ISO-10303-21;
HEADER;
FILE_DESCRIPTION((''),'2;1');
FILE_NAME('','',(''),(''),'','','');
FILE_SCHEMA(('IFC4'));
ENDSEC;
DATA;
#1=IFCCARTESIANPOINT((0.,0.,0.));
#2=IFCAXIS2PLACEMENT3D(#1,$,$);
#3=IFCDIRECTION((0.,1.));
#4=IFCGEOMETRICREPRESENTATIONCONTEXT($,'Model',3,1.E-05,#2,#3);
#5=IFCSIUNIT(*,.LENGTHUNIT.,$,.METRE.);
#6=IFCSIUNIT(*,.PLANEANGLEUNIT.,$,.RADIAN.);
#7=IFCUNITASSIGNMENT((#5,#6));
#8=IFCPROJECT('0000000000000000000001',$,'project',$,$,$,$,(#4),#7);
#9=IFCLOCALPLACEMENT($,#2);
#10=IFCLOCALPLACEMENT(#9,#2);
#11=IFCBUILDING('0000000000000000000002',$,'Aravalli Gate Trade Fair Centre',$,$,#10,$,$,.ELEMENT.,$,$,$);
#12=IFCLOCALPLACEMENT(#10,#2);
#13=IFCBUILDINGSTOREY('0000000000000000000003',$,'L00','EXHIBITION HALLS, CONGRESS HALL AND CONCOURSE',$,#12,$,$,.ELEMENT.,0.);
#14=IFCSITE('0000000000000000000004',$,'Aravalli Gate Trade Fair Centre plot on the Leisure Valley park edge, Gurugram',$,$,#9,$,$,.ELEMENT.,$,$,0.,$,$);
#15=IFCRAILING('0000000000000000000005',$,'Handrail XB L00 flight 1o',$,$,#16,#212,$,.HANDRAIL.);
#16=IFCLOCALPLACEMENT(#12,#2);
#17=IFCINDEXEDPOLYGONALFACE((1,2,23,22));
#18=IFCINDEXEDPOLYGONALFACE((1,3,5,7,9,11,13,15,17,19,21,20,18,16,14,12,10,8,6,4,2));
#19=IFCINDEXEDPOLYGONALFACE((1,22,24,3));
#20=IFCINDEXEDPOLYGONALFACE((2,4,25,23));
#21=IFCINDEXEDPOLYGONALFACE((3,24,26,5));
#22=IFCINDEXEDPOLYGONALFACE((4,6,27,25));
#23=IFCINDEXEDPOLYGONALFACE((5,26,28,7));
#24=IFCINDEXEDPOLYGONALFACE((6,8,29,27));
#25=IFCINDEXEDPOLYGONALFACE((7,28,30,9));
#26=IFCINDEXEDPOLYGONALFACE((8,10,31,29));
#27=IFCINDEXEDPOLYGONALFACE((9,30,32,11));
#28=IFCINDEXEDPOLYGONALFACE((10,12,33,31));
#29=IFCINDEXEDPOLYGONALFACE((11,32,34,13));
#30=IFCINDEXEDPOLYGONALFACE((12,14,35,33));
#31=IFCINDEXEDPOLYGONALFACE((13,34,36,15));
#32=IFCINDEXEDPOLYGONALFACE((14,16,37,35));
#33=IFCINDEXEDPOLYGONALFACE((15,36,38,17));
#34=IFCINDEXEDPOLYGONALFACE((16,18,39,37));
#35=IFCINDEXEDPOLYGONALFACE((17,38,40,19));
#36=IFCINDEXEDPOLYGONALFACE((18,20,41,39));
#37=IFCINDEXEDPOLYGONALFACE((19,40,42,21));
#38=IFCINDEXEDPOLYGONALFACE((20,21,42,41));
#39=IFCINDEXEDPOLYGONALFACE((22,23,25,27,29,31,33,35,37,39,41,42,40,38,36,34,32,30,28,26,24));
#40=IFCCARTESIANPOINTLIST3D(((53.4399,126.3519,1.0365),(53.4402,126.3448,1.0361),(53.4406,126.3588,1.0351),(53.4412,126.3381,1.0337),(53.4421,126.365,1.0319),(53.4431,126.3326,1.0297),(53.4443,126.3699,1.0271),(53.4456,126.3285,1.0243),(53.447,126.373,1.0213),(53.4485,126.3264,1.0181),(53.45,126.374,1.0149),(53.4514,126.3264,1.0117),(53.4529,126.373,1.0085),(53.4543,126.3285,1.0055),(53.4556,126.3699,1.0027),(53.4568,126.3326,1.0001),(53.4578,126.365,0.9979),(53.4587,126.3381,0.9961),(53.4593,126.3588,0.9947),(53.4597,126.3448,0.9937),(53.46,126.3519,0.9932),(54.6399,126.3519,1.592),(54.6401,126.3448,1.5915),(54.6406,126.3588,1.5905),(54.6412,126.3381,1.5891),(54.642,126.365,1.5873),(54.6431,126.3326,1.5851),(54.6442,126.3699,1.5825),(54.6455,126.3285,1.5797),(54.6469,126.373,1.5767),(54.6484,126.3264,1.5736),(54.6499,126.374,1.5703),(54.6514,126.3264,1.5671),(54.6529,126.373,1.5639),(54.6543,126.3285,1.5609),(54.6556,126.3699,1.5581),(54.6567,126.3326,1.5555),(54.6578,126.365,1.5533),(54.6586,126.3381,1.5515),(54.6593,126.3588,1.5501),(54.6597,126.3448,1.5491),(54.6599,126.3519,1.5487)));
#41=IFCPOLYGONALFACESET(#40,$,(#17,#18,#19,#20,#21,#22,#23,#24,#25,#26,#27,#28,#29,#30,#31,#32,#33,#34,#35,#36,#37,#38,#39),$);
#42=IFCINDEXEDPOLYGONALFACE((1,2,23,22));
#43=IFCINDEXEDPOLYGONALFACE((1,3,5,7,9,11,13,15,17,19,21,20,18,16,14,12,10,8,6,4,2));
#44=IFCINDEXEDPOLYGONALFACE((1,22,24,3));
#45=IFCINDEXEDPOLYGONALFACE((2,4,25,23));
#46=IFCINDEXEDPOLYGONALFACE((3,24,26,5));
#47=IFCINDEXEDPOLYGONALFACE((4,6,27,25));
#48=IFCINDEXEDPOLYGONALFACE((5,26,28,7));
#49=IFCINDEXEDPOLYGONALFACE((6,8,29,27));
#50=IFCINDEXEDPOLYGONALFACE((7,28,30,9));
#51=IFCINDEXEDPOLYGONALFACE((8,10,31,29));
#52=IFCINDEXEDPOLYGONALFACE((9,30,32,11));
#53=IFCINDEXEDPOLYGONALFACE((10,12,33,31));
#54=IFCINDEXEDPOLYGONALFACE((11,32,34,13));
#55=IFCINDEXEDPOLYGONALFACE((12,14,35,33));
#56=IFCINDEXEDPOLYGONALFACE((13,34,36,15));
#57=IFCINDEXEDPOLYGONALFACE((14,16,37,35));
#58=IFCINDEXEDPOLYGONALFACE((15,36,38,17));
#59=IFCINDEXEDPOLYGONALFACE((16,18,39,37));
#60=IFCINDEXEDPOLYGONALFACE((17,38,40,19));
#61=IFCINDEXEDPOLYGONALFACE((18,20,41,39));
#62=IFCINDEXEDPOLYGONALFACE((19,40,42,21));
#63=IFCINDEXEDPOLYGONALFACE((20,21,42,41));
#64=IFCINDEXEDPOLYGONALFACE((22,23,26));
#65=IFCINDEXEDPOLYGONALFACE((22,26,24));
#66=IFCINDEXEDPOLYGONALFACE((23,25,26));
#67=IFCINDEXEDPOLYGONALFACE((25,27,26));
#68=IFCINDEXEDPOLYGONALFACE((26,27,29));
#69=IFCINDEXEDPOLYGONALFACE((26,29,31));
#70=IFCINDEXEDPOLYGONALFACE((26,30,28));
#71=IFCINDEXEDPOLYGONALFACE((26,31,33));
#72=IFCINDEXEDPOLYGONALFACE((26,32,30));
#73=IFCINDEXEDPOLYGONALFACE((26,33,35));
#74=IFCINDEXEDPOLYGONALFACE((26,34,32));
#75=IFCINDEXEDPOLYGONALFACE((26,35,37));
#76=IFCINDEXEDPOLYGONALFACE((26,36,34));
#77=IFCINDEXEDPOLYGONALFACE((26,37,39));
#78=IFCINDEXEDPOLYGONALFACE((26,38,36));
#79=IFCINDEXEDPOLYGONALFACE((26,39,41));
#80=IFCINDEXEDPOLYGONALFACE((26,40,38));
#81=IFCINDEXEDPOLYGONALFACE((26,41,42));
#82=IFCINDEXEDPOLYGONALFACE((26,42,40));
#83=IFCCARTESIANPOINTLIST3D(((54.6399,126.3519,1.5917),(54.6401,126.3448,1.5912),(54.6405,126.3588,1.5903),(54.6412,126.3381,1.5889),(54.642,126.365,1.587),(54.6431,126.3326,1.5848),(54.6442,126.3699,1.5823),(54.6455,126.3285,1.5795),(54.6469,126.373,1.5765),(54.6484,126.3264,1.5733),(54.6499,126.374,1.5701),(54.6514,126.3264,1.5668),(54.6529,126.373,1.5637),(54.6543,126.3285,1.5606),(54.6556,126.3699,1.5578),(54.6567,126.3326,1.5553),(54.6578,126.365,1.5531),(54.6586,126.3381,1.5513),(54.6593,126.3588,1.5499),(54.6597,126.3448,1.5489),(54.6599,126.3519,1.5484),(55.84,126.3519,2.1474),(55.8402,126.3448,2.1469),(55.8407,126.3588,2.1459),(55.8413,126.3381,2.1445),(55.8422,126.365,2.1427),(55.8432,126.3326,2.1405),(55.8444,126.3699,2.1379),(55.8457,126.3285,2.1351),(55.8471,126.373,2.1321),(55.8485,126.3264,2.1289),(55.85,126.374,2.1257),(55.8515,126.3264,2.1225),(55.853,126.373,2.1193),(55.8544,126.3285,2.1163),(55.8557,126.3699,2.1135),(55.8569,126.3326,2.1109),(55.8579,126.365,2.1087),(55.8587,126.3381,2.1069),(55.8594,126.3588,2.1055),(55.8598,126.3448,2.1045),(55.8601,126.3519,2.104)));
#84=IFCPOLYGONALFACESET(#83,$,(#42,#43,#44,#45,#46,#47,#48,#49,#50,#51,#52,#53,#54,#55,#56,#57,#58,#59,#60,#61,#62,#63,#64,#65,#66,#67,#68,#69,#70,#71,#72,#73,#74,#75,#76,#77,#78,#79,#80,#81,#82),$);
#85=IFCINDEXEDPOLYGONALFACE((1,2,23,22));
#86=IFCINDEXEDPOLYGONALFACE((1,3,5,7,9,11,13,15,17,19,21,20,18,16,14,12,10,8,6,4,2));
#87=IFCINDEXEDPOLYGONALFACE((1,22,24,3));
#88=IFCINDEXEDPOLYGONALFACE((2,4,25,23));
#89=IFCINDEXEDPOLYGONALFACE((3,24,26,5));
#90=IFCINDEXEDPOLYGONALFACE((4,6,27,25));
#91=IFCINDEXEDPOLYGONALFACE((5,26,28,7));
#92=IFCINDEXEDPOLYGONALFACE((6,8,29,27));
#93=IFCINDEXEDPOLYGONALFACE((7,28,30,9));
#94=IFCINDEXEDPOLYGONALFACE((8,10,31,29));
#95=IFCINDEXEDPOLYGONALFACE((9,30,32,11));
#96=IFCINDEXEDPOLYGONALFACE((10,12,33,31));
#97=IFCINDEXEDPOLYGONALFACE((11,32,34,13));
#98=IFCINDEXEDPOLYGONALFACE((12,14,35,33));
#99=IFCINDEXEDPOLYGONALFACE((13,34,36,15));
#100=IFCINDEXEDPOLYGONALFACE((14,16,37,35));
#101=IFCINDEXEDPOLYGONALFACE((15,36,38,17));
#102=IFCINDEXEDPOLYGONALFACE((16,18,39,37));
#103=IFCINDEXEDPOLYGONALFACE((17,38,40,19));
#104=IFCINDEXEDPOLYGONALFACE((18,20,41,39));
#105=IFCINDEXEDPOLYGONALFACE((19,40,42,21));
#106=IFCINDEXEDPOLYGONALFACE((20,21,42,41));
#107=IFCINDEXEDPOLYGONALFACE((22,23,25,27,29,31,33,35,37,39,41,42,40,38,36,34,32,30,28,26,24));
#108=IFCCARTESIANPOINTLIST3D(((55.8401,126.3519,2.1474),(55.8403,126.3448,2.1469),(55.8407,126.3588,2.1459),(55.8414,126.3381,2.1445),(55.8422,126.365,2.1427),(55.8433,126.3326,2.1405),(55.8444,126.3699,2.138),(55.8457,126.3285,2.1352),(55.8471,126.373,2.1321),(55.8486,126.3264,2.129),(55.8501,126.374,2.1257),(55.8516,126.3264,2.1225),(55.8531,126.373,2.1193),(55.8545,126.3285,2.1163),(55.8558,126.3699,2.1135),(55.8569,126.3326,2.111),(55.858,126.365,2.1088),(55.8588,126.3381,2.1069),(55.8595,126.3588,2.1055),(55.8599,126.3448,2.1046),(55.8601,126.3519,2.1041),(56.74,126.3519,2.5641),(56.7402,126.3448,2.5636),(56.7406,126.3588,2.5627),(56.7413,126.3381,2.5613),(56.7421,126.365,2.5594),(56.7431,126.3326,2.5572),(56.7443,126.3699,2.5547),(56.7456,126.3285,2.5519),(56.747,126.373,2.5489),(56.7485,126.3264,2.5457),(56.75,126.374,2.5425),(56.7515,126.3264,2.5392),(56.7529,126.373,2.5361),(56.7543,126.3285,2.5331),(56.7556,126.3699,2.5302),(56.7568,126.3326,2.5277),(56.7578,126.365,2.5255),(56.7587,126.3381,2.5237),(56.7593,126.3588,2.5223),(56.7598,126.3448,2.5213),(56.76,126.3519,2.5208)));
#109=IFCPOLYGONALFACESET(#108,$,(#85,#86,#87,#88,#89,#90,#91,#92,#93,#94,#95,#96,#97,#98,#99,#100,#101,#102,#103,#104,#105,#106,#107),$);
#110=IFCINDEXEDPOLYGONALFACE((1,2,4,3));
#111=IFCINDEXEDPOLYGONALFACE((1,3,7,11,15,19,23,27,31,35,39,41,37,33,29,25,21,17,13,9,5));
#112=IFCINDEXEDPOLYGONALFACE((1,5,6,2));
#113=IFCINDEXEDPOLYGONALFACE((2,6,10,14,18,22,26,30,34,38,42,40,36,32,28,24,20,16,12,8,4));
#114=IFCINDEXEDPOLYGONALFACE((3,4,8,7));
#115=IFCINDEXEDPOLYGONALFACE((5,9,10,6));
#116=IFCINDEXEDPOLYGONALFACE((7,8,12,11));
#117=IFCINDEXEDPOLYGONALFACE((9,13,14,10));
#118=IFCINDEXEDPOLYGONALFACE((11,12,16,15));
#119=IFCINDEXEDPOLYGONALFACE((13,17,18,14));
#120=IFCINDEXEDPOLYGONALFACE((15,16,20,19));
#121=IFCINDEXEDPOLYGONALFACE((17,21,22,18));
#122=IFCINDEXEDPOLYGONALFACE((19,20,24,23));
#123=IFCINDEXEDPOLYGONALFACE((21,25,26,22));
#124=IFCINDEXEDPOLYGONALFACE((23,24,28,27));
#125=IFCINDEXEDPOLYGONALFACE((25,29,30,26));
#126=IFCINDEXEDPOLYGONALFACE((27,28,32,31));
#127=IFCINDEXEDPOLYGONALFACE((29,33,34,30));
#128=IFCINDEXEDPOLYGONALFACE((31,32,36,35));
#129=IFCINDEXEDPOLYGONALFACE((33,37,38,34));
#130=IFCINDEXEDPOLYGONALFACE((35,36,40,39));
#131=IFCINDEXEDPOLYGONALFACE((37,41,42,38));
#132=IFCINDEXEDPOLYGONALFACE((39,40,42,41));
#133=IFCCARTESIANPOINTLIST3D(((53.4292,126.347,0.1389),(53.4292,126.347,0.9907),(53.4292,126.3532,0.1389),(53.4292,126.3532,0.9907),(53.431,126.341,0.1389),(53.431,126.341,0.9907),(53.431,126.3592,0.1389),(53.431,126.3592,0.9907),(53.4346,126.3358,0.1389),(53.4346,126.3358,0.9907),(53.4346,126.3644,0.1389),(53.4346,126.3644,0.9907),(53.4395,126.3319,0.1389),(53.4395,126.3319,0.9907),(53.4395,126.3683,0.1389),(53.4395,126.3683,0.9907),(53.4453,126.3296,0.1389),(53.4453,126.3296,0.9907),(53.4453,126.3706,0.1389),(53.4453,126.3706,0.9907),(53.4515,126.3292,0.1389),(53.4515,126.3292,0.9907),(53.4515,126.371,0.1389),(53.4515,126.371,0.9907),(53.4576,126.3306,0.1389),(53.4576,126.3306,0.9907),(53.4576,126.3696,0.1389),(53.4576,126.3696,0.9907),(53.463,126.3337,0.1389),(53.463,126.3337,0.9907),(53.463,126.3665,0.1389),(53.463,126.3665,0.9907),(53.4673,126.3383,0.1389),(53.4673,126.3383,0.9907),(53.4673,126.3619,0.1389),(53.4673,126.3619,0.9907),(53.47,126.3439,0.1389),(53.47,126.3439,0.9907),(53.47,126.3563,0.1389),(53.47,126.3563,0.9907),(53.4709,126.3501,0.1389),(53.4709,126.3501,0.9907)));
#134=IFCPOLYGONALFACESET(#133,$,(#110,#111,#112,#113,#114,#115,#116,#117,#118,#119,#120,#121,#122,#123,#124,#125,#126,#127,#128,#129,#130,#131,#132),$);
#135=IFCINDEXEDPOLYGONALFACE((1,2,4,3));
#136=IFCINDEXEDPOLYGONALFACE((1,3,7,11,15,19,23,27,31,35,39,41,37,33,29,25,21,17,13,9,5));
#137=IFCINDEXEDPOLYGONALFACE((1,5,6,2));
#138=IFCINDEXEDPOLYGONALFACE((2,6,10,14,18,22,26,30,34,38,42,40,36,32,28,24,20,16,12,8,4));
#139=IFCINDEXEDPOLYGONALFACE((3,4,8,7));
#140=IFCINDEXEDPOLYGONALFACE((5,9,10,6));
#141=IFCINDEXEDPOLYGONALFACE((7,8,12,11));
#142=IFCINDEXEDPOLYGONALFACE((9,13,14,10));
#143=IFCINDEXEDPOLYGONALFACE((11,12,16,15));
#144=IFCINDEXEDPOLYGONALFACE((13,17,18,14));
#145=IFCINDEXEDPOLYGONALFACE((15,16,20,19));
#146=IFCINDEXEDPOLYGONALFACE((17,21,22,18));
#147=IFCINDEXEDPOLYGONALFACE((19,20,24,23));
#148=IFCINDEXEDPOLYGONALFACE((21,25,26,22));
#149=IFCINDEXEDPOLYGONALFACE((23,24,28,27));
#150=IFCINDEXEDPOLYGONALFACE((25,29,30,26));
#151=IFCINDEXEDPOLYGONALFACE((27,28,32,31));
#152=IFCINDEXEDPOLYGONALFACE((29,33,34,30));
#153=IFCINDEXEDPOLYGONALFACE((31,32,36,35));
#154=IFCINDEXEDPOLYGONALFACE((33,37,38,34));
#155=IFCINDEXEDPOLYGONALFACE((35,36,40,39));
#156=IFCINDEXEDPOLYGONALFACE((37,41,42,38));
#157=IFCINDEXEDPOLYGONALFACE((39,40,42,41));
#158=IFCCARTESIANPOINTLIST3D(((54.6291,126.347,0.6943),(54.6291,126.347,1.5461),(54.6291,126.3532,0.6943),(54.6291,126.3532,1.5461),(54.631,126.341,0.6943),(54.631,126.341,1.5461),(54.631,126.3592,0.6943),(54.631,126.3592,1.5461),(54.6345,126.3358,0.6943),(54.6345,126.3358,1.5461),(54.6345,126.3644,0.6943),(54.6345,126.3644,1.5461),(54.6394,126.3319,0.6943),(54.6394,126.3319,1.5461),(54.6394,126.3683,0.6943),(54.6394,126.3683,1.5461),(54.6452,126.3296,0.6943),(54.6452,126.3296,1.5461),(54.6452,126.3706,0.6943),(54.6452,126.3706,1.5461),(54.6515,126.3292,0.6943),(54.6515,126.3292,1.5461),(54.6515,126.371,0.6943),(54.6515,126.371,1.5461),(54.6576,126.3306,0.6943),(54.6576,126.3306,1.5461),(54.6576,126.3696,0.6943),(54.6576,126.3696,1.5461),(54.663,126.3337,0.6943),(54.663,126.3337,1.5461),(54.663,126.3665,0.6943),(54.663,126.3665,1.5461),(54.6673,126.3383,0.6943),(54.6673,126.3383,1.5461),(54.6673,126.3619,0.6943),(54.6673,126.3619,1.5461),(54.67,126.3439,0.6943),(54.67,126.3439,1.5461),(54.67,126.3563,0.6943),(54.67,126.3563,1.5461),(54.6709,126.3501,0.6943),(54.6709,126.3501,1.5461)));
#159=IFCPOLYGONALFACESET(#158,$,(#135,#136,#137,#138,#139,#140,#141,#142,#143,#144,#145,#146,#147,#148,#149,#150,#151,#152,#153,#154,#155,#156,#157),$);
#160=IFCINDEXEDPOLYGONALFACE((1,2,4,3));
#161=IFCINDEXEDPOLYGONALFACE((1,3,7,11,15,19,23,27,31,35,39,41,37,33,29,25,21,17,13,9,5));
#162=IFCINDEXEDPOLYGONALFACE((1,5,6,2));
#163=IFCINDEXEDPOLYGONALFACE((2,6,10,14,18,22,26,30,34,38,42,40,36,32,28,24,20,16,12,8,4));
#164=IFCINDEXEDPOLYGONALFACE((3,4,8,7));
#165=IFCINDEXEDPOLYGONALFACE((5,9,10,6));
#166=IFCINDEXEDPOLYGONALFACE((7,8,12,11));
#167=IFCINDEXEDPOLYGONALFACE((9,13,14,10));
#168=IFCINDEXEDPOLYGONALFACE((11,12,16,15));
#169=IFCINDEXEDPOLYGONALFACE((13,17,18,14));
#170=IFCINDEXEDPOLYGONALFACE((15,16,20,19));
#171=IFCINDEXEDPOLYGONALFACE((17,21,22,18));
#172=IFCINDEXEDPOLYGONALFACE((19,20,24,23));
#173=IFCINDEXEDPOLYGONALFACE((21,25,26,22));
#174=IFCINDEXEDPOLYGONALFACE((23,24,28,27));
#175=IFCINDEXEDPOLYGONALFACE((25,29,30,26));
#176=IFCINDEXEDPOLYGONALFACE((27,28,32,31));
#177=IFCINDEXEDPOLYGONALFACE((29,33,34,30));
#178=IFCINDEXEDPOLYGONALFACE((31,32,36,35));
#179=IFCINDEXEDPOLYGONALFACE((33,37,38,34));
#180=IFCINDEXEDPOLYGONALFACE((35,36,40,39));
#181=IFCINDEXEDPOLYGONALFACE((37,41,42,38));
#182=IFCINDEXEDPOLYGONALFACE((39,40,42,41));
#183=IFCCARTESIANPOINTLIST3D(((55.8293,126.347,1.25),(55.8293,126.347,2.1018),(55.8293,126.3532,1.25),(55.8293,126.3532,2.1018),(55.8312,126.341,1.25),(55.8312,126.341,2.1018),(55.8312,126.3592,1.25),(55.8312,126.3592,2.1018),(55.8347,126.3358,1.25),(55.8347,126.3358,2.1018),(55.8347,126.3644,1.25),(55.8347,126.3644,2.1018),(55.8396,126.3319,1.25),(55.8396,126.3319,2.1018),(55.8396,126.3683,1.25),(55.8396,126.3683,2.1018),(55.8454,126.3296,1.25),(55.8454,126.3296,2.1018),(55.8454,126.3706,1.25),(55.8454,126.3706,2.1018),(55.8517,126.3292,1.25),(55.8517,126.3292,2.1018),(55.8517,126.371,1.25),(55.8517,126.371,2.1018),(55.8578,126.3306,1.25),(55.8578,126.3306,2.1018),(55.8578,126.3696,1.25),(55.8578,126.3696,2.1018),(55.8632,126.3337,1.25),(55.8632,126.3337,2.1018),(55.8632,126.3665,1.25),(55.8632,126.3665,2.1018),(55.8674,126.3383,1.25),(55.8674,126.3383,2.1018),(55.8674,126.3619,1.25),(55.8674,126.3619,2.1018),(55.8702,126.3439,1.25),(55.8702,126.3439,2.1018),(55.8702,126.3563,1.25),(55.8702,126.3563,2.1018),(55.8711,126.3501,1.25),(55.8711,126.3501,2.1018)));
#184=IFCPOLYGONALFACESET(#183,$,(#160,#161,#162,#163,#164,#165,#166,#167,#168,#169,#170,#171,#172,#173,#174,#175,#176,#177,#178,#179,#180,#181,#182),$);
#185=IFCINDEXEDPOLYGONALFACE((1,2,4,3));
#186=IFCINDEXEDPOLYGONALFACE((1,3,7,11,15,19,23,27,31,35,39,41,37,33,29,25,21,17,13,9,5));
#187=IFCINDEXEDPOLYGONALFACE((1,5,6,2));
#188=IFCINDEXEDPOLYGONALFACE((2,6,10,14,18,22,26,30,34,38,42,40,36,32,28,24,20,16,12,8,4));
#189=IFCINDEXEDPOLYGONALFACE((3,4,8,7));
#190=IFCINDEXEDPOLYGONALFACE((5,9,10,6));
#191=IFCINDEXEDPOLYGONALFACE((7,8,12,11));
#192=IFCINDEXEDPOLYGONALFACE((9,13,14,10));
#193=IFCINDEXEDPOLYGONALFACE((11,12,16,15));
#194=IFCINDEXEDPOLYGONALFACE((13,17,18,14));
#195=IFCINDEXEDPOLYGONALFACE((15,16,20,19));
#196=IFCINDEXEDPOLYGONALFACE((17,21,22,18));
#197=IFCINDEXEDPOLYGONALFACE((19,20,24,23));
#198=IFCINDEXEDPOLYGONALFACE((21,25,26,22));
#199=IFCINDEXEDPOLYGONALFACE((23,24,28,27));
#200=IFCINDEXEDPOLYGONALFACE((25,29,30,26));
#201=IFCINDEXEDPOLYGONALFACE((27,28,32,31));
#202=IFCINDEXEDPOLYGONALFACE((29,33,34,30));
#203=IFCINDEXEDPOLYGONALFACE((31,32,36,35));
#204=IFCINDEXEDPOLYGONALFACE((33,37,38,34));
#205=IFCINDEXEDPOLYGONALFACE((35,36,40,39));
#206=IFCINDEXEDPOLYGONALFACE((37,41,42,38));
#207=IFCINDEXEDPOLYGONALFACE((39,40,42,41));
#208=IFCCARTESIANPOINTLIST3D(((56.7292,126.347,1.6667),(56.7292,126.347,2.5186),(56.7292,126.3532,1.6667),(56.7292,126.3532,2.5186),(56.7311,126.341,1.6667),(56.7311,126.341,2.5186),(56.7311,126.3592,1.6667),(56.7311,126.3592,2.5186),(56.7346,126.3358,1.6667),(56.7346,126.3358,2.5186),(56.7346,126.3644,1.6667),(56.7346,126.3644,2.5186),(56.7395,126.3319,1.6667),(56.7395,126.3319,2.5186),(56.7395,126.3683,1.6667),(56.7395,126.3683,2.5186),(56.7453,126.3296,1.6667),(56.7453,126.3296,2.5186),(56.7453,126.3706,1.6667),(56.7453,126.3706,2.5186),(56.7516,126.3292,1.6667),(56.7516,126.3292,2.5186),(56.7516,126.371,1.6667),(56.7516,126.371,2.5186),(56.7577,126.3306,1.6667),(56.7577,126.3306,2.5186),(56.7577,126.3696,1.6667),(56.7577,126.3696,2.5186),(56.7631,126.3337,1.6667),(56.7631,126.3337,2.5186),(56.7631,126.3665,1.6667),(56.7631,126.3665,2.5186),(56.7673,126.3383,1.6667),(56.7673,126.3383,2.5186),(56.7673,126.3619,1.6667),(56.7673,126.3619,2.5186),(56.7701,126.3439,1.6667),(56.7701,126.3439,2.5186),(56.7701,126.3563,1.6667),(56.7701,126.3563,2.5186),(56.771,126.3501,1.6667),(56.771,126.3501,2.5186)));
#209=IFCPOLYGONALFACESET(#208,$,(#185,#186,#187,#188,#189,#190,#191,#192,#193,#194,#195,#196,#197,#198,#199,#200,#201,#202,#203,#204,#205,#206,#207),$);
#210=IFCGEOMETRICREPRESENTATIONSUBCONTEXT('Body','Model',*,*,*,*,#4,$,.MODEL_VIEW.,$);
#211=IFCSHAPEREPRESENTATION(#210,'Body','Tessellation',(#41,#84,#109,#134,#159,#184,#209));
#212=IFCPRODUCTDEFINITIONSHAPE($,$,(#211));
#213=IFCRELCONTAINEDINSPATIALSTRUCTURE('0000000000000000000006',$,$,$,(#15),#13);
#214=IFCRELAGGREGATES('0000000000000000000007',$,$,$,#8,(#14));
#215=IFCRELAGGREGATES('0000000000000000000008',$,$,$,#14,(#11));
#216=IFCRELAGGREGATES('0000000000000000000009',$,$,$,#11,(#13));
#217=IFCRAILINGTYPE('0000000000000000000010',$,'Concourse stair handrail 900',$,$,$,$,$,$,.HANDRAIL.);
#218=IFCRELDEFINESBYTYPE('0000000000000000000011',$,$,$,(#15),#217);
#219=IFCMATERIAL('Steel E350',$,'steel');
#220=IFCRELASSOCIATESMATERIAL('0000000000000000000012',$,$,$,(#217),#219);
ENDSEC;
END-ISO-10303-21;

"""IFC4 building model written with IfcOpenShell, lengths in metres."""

from ifc_helpers import new_model, si_unit, direction, frame, origin, origin_2d, place, context, subcontext, project, spatial, circle, extrude, material, type_object, element, save


model = new_model("IFC4")

# Units and contexts
model_context = context("Model", 3, precision=1e-05, world=origin(), true_north=direction((0.0, 1.0)))
body_context = subcontext(model_context, "Body", "Model", "MODEL_VIEW")
ifc_project = project(units=[si_unit("LENGTHUNIT", "METRE"), si_unit("PLANEANGLEUNIT", "RADIAN")], contexts=[model_context])

# Site, building, storey
site_placement = place(None, origin())
site = spatial("IfcSite", under=ifc_project, at=site_placement, Name="Aravalli Gate Trade Fair Centre plot on the Leisure Valley park edge, Gurugram", CompositionType="ELEMENT", RefElevation=0.0)
building_placement = place(site_placement, origin())
building = spatial("IfcBuilding", under=site, at=building_placement, Name="Aravalli Gate Trade Fair Centre", CompositionType="ELEMENT")
storey_placement = place(building_placement, origin())
storey = spatial("IfcBuildingStorey", under=building, at=storey_placement, Name="L00", Description="EXHIBITION HALLS, CONGRESS HALL AND CONCOURSE", CompositionType="ELEMENT", Elevation=0.0)

# Shared definitions
ifc_material_1 = material(Name="Steel E350", Category="steel")

# Railing
railing_type = type_object("IfcRailingType", Name="Concourse stair handrail 900", PredefinedType="HANDRAIL", material=ifc_material_1)
for number, where, name in (
    (1, (53.45, 126.3501, 0.1389), "Handrail XB L00 flight 1o"),
):
    element("IfcRailing", number, at=place(storey_placement, frame(where)), inside=storey, type_object=railing_type, Name=name, PredefinedType="HANDRAIL", context=body_context, shape_type="SweptSolid", body=[
        extrude(circle(Radius=0.0239, at=origin_2d()), frame((0.0, 0.0, 0.876), z_axis=(0.907499, 0.0, 0.420053), x_axis=(0.0, 1.0, 0.0)), (0.0, 0.0, 1.0), 1.3223),
        extrude(circle(Radius=0.0239, at=origin_2d()), frame((1.2, 0.0, 1.4312), z_axis=(0.907462, 0.0, 0.420135), x_axis=(0.0, 1.0, 0.0)), (0.0, 0.0, 1.0), 1.3225),
        extrude(circle(Radius=0.0239, at=origin_2d()), frame((2.4001, 0.0, 1.9868), z_axis=(0.907418, 0.0, 0.420229), x_axis=(0.0, 1.0, 0.0)), (0.0, 0.0, 1.0), 0.9917),
        extrude(circle(Radius=0.021, at=origin_2d()), origin(), (0.0, 0.0, 1.0), 0.8518),
        extrude(circle(Radius=0.021, at=origin_2d()), frame((1.2, 0.0, 0.5554)), (0.0, 0.0, 1.0), 0.8518),
        extrude(circle(Radius=0.021, at=origin_2d()), frame((2.4001, 0.0, 1.1111)), (0.0, 0.0, 1.0), 0.8518),
        extrude(circle(Radius=0.021, at=origin_2d()), frame((3.3, 0.0, 1.5278)), (0.0, 0.0, 1.0), 0.8518),
    ])

save(model, "model.ifc")
